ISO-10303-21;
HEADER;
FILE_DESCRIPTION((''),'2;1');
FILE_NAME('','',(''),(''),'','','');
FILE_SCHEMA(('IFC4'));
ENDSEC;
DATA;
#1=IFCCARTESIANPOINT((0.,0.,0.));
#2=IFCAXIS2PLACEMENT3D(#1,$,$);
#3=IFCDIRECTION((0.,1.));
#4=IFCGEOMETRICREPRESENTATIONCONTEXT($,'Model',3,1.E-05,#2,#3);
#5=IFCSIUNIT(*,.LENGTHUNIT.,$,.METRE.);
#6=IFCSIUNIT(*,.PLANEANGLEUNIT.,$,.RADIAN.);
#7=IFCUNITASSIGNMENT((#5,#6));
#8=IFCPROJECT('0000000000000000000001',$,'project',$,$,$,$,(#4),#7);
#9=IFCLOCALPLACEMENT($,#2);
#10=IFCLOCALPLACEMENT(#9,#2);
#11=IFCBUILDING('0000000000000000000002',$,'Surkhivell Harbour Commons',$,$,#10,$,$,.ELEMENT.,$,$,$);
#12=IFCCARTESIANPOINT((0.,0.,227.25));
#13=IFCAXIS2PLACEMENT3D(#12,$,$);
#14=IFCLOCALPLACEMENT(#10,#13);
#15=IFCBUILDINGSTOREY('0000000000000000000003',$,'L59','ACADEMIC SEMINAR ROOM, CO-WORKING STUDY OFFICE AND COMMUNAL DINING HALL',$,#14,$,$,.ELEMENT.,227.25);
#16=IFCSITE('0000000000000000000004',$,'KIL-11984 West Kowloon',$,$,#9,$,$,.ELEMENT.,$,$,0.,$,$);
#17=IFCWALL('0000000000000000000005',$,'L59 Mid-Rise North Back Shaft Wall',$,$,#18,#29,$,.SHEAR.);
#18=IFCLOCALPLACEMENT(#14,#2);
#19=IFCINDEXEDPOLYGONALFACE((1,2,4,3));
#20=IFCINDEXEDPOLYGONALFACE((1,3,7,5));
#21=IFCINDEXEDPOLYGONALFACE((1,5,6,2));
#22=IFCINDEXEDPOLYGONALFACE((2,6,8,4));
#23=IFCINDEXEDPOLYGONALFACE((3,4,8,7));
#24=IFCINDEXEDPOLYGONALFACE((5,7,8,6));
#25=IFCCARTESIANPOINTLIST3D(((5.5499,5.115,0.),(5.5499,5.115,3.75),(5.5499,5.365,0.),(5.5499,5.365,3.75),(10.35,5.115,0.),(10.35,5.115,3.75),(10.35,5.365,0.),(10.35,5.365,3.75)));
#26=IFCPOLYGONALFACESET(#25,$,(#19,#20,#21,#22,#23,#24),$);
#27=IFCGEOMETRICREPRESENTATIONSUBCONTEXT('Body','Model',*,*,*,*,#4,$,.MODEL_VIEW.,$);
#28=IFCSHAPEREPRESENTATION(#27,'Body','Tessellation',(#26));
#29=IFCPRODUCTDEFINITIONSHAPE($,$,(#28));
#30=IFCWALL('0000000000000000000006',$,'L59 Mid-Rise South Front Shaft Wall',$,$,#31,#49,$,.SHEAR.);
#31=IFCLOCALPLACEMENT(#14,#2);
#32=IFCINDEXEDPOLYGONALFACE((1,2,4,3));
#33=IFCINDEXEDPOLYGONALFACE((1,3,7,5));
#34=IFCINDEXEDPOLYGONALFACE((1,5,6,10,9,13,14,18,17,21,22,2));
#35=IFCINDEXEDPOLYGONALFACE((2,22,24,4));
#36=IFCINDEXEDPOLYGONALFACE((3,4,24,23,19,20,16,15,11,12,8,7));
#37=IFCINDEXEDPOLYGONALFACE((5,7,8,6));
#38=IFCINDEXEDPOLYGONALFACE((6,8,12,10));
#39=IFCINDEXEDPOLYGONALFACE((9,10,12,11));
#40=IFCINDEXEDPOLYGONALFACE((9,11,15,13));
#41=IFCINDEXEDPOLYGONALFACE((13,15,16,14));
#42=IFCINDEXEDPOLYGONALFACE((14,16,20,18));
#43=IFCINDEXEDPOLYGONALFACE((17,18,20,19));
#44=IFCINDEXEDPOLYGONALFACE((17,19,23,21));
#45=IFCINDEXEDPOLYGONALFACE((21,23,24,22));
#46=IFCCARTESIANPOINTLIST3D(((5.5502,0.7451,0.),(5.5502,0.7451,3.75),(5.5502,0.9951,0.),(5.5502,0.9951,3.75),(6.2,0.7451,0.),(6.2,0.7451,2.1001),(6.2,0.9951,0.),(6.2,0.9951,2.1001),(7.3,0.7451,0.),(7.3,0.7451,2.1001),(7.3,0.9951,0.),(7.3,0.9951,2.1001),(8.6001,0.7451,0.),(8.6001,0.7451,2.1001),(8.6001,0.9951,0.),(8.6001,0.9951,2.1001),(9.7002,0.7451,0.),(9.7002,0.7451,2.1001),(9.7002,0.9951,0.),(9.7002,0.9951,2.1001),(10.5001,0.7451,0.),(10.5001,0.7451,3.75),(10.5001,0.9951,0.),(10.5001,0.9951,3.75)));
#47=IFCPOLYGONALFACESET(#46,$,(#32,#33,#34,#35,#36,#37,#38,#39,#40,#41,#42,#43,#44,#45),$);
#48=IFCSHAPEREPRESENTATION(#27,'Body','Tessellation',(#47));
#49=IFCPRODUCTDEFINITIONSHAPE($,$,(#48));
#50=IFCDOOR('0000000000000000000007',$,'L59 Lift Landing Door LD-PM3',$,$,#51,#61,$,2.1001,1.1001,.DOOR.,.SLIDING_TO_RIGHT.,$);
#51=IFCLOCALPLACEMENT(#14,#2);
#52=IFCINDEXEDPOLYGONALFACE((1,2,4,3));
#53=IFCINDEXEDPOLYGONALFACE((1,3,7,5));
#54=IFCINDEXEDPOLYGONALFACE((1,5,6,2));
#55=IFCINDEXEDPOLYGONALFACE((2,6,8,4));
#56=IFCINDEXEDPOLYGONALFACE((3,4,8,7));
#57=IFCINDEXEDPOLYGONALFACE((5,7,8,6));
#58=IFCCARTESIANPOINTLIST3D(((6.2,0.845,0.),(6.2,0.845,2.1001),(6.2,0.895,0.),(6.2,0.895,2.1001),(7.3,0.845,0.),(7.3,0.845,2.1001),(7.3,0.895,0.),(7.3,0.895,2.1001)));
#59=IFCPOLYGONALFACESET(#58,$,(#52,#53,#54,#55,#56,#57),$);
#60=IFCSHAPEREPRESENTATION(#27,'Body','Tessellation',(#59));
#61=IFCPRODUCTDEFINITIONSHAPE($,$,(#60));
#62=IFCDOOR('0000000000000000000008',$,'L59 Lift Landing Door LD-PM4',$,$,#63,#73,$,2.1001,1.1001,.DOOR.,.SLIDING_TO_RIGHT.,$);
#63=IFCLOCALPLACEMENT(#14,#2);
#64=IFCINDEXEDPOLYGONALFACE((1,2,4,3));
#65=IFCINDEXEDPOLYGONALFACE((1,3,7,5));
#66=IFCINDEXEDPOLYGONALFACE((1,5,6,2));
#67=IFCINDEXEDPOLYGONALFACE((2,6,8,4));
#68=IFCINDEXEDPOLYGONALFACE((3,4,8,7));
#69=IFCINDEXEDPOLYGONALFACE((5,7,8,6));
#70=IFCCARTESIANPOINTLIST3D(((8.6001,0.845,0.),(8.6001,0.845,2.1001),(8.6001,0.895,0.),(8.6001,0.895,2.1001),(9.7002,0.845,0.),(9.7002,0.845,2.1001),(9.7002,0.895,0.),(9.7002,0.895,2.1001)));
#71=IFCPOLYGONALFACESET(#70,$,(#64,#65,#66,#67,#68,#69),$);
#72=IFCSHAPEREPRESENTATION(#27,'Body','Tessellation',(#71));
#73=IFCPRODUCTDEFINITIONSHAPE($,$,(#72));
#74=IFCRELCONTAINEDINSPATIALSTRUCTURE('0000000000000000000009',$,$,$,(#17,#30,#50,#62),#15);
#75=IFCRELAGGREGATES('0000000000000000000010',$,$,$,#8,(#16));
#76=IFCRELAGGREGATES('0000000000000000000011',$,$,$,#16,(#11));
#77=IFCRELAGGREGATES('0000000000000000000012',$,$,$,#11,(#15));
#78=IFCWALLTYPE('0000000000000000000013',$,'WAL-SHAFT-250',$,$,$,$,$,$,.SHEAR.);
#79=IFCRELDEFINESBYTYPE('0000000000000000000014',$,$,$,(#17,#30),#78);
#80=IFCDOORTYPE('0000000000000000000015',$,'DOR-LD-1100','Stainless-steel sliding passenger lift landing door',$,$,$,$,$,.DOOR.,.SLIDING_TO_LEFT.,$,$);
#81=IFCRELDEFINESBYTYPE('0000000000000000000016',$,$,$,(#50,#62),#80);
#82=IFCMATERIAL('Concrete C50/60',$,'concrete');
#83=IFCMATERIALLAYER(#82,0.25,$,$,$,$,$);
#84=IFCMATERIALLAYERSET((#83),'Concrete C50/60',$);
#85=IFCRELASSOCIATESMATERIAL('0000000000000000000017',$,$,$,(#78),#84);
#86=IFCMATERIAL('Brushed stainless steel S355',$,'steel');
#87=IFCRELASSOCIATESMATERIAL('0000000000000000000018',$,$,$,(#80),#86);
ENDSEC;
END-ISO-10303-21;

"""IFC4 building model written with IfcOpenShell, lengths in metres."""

from ifc_helpers import new_model, si_unit, direction, frame, frame_2d, origin, place, context, subcontext, project, spatial, rectangle, extrude, material, layer, layer_set, type_object, element, fill, save


model = new_model("IFC4")

# Units and contexts
model_context = context("Model", 3, precision=1e-05, world=origin(), true_north=direction((0.0, 1.0)))
body_context = subcontext(model_context, "Body", "Model", "MODEL_VIEW")
ifc_project = project(units=[si_unit("LENGTHUNIT", "METRE"), si_unit("PLANEANGLEUNIT", "RADIAN")], contexts=[model_context])

# Site, building, storey
site_placement = place(None, origin())
site = spatial("IfcSite", under=ifc_project, at=site_placement, Name="KIL-11984 West Kowloon", CompositionType="ELEMENT", RefElevation=0.0)
building_placement = place(site_placement, origin())
building = spatial("IfcBuilding", under=site, at=building_placement, Name="Surkhivell Harbour Commons", CompositionType="ELEMENT")
storey_placement = place(building_placement, frame((0.0, 0.0, 227.25)))
storey = spatial("IfcBuildingStorey", under=building, at=storey_placement, Name="L59", Description="ACADEMIC SEMINAR ROOM, CO-WORKING STUDY OFFICE AND COMMUNAL DINING HALL", CompositionType="ELEMENT", Elevation=227.25)

# Shared definitions
ifc_material_1 = material(Name="Concrete C50/60", Category="concrete")
ifc_layer_1 = layer(ifc_material_1, 0.25)
ifc_layer_set_1 = layer_set([ifc_layer_1], Name="Concrete C50/60")
wall_type_1 = type_object("IfcWallType", Name="WAL-SHAFT-250", PredefinedType="SHEAR", material=ifc_layer_set_1)

# Shared definitions
ifc_material_2 = material(Name="Brushed stainless steel S355", Category="steel")
door_type = type_object("IfcDoorType", Name="DOR-LD-1100", Description="Stainless-steel sliding passenger lift landing door", OperationType="SLIDING_TO_LEFT", PredefinedType="DOOR", material=ifc_material_2)

# Wall
wall_1_placement = place(storey_placement, frame((5.55, 5.24, 0.0), z_axis=(0.0, 0.0, 1.0), x_axis=(1.0, 0.0, 0.0)))
element("IfcWall", 1, at=wall_1_placement, inside=storey, type_object=wall_type_1, Name="L59 Mid-Rise North Back Shaft Wall", PredefinedType="SHEAR", context=body_context, shape_type="SweptSolid", body=[
    extrude(rectangle(XDim=4.8, YDim=0.25, at=frame_2d((2.3999, 0.0))), origin(), (0.0, 0.0, 1.0), 3.75),
])

# Wall, openings, doors
wall_2_placement = place(storey_placement, frame((5.55, 0.8701, 0.0), z_axis=(0.0, 0.0, 1.0), x_axis=(1.0, 0.0, 0.0)))
wall_2 = element("IfcWall", 2, at=wall_2_placement, inside=storey, type_object=wall_type_1, Name="L59 Mid-Rise South Front Shaft Wall", PredefinedType="SHEAR", context=body_context, shape_type="SweptSolid", body=[
    extrude(rectangle(XDim=4.95, YDim=0.25, at=frame_2d((2.4751, 0.0))), origin(), (0.0, 0.0, 1.0), 3.75),
])
opening_1_placement = place(wall_2_placement, frame((0.6499, 0.0, 0.0)))
opening_1 = element("IfcOpeningElement", 3, at=opening_1_placement, cuts=wall_2, PredefinedType="OPENING", context=body_context, shape_type="SweptSolid", body=[
    extrude(rectangle(XDim=1.1001, YDim=2.1001, at=frame_2d((0.55, 1.05))), frame((0.0, 0.135, 0.0), z_axis=(0.0, -1.0, 0.0), x_axis=(1.0, 0.0, 0.0)), (0.0, 0.0, 1.0), 0.27),
])
opening_2_placement = place(wall_2_placement, frame((3.05, 0.0, 0.0)))
opening_2 = element("IfcOpeningElement", 4, at=opening_2_placement, cuts=wall_2, PredefinedType="OPENING", context=body_context, shape_type="SweptSolid", body=[
    extrude(rectangle(XDim=1.1001, YDim=2.1001, at=frame_2d((0.55, 1.05))), frame((0.0, 0.135, 0.0), z_axis=(0.0, -1.0, 0.0), x_axis=(1.0, 0.0, 0.0)), (0.0, 0.0, 1.0), 0.27),
])
door_1_placement = place(opening_1_placement, origin())
door_1 = element("IfcDoor", 5, at=door_1_placement, inside=storey, type_object=door_type, Name="L59 Lift Landing Door LD-PM3", OperationType="SLIDING_TO_RIGHT", OverallHeight=2.1001, OverallWidth=1.1001, PredefinedType="DOOR", context=body_context, shape_type="SweptSolid", body=[
    extrude(rectangle(XDim=1.1001, YDim=2.1001, at=frame_2d((0.55, 1.05))), frame((0.0, 0.0249, 0.0), z_axis=(0.0, -1.0, 0.0), x_axis=(1.0, 0.0, 0.0)), (0.0, 0.0, 1.0), 0.05),
])
fill(opening_1, door_1)
door_2_placement = place(opening_2_placement, origin())
door_2 = element("IfcDoor", 6, at=door_2_placement, inside=storey, type_object=door_type, Name="L59 Lift Landing Door LD-PM4", OperationType="SLIDING_TO_RIGHT", OverallHeight=2.1001, OverallWidth=1.1001, PredefinedType="DOOR", context=body_context, shape_type="SweptSolid", body=[
    extrude(rectangle(XDim=1.1001, YDim=2.1001, at=frame_2d((0.55, 1.05))), frame((0.0, 0.0249, 0.0), z_axis=(0.0, -1.0, 0.0), x_axis=(1.0, 0.0, 0.0)), (0.0, 0.0, 1.0), 0.05),
])
fill(opening_2, door_2)

save(model, "model.ifc")
